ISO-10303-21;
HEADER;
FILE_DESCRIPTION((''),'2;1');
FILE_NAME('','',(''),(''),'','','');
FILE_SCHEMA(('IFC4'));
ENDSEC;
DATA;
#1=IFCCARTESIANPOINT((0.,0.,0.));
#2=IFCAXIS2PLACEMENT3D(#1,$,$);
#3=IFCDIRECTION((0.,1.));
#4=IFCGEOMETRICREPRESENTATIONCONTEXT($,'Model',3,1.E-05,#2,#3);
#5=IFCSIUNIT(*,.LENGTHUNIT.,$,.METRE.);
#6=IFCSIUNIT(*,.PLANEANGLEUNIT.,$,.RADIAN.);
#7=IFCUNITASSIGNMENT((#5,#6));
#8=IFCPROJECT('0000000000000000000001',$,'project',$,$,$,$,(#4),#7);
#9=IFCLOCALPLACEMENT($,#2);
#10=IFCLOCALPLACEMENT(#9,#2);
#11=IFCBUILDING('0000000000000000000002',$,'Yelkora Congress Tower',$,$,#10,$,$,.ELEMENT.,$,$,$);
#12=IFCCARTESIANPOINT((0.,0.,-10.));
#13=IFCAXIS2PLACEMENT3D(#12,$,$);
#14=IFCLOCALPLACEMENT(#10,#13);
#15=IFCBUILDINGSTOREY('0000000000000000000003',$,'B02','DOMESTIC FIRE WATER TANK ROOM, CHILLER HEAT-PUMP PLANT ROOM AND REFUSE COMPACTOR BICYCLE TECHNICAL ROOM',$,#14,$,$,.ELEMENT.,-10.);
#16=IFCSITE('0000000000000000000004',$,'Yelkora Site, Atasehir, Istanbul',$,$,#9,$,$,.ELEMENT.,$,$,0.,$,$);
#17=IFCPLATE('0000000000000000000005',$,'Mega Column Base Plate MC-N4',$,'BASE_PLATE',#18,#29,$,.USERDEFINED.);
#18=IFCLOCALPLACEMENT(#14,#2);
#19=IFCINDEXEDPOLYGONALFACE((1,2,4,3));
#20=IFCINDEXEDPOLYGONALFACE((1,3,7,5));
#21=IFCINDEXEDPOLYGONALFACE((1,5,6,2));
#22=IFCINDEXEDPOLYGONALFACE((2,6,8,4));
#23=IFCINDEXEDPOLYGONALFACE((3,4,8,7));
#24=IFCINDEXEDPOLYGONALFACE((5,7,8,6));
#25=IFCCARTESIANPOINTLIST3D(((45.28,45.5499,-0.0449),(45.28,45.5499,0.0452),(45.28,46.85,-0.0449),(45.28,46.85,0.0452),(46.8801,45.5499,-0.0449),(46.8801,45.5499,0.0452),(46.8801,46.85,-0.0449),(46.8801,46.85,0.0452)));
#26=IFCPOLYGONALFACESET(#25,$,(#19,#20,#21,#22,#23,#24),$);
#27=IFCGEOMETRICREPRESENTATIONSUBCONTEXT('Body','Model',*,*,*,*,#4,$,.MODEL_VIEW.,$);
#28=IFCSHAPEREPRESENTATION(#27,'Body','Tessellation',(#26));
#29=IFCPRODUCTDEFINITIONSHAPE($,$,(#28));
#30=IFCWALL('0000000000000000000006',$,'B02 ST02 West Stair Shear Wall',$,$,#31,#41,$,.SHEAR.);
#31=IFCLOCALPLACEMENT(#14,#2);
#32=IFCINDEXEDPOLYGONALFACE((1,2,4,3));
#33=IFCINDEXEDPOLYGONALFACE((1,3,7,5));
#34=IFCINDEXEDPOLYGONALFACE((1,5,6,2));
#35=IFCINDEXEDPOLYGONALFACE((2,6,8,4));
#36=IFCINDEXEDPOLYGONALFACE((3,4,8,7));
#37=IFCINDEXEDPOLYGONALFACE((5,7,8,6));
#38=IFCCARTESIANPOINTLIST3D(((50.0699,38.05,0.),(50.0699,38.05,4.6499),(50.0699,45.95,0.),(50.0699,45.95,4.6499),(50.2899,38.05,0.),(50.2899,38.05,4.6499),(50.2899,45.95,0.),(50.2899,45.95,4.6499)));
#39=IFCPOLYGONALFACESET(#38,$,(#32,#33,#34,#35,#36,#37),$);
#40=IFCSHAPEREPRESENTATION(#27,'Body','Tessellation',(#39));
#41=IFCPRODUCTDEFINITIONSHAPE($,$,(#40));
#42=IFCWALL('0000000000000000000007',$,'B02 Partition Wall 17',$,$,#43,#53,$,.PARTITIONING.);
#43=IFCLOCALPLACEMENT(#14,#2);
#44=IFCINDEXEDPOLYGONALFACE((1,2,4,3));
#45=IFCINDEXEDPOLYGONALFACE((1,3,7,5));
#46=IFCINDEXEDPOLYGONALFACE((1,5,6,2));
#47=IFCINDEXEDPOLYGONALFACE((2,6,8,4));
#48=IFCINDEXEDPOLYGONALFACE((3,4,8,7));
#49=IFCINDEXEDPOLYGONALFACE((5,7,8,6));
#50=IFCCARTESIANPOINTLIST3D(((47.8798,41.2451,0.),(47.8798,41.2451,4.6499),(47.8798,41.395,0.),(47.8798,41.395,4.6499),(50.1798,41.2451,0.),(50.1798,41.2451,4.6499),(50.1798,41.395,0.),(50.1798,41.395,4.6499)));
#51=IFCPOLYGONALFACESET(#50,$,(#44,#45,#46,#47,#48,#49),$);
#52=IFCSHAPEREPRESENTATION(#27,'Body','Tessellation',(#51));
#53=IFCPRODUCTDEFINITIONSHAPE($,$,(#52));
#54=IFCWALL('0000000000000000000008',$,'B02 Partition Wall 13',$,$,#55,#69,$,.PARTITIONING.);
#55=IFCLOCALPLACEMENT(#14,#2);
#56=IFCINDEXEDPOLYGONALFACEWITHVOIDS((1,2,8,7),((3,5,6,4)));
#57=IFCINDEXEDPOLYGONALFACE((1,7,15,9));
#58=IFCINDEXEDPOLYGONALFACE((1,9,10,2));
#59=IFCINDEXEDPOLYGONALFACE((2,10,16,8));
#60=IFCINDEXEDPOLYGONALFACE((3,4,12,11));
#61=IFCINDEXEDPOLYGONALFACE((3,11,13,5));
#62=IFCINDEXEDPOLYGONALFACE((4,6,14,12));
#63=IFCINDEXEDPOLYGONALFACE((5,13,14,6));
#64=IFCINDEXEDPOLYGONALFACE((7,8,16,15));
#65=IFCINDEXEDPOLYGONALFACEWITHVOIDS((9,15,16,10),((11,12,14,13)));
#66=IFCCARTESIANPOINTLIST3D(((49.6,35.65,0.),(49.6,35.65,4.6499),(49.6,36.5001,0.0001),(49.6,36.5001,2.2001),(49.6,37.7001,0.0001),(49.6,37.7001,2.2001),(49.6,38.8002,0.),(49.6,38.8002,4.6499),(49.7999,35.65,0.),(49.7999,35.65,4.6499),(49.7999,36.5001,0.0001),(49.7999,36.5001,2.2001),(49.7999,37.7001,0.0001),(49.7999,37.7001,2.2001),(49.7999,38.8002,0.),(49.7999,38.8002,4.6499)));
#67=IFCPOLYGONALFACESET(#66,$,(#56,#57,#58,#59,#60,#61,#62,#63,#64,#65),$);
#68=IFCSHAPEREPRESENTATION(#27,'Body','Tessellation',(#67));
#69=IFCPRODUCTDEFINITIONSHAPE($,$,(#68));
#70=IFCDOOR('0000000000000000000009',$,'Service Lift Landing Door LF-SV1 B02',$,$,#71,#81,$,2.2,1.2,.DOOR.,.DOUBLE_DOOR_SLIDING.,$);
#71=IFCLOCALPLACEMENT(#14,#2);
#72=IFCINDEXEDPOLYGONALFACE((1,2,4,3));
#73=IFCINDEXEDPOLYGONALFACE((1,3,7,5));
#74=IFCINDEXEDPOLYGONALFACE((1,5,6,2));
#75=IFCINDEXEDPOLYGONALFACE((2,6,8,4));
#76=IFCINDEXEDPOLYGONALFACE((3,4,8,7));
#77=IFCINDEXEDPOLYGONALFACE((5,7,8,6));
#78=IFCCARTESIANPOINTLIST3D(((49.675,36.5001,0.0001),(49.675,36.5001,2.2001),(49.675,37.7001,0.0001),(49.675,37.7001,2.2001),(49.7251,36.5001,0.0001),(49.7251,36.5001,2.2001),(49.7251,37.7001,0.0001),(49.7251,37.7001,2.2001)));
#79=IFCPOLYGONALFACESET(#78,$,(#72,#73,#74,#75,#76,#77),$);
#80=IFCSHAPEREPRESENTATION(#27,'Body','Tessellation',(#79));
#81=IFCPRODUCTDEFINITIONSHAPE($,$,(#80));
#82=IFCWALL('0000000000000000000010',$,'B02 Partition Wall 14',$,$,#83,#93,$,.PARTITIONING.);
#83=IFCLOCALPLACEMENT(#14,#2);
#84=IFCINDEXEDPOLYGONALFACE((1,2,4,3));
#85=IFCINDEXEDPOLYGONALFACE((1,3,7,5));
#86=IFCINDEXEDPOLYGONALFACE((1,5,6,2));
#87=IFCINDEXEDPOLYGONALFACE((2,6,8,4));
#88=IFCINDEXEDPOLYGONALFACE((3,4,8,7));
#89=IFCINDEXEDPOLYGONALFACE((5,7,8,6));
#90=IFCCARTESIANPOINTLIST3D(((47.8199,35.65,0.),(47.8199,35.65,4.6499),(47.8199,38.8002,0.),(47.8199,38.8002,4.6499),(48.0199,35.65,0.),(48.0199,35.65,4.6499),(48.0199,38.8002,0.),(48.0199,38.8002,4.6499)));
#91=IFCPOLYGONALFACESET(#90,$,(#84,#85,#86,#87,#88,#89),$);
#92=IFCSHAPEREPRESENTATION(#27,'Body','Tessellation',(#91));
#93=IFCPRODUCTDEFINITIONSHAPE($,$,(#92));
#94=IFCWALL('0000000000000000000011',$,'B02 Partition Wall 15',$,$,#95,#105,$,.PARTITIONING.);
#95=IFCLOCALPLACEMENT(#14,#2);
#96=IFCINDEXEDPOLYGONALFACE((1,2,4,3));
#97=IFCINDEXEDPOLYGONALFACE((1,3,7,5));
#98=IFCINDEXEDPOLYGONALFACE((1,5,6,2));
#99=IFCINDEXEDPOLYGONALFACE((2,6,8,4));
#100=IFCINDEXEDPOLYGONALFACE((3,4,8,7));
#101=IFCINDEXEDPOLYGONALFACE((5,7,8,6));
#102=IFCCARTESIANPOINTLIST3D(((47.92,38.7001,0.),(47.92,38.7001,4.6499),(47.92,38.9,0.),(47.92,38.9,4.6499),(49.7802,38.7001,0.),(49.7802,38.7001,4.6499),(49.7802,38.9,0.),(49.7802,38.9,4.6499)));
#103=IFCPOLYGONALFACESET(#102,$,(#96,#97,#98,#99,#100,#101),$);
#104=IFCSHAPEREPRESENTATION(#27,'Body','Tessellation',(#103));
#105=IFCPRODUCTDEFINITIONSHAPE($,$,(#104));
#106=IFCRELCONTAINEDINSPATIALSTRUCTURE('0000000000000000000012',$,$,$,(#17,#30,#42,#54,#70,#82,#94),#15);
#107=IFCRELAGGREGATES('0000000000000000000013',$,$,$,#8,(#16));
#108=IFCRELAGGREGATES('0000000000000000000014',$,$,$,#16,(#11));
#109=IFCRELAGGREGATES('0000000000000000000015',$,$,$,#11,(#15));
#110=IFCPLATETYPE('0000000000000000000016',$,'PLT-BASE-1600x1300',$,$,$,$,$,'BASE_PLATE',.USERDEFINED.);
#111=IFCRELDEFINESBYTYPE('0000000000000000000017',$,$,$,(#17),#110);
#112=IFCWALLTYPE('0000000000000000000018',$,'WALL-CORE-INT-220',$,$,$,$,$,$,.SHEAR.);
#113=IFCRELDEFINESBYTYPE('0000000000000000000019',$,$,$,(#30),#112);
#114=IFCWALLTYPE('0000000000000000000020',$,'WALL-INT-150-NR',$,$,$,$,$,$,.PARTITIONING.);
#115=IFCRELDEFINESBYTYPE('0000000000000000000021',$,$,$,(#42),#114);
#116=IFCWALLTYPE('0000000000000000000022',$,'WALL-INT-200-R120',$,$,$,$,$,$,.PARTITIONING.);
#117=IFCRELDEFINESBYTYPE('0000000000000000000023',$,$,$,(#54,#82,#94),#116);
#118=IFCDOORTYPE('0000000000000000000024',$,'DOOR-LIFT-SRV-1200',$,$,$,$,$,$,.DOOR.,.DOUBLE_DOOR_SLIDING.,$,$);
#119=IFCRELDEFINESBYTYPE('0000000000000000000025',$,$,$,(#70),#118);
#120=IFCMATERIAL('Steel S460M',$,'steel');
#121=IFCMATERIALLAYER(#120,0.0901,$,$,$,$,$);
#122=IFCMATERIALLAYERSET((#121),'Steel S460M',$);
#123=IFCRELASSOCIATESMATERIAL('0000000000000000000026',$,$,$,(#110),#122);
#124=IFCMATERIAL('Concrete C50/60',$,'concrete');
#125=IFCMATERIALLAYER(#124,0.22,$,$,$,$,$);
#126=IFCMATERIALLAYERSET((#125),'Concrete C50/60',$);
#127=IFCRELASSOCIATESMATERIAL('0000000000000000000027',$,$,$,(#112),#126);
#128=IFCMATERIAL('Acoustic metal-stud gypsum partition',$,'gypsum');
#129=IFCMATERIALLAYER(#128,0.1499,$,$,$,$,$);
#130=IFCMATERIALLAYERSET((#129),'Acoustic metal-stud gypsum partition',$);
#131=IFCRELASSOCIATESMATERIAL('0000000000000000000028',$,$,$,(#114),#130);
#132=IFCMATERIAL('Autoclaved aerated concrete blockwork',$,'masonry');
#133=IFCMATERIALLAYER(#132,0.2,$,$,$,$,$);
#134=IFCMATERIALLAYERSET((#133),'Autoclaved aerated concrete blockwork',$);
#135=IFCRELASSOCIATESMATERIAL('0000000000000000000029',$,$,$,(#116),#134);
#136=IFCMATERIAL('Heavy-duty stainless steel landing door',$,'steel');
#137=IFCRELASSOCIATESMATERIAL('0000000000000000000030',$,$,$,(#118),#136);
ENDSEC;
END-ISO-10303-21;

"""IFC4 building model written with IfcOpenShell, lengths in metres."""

from ifc_helpers import new_model, si_unit, direction, frame, frame_2d, origin, origin_2d, place, context, subcontext, project, spatial, rectangle, extrude, material, layer, layer_set, type_object, element, fill, save


model = new_model("IFC4")

# Units and contexts
model_context = context("Model", 3, precision=1e-05, world=origin(), true_north=direction((0.0, 1.0)))
body_context = subcontext(model_context, "Body", "Model", "MODEL_VIEW")
ifc_project = project(units=[si_unit("LENGTHUNIT", "METRE"), si_unit("PLANEANGLEUNIT", "RADIAN")], contexts=[model_context])

# Site, building, storey
site_placement = place(None, origin())
site = spatial("IfcSite", under=ifc_project, at=site_placement, Name="Yelkora Site, Atasehir, Istanbul", CompositionType="ELEMENT", RefElevation=0.0)
building_placement = place(site_placement, origin())
building = spatial("IfcBuilding", under=site, at=building_placement, Name="Yelkora Congress Tower", CompositionType="ELEMENT")
storey_placement = place(building_placement, frame((0.0, 0.0, -10.0)))
storey = spatial("IfcBuildingStorey", under=building, at=storey_placement, Name="B02", Description="DOMESTIC FIRE WATER TANK ROOM, CHILLER HEAT-PUMP PLANT ROOM AND REFUSE COMPACTOR BICYCLE TECHNICAL ROOM", CompositionType="ELEMENT", Elevation=-10.0)

# Shared definitions
ifc_material_1 = material(Name="Concrete C50/60", Category="concrete")

# Plate
ifc_material_2 = material(Name="Steel S460M", Category="steel")
ifc_layer_1 = layer(ifc_material_2, 0.0901)
ifc_layer_set_1 = layer_set([ifc_layer_1], Name="Steel S460M")
plate_type = type_object("IfcPlateType", Name="PLT-BASE-1600x1300", ElementType="BASE_PLATE", PredefinedType="USERDEFINED", material=ifc_layer_set_1)
plate_placement = place(storey_placement, frame((46.0801, 46.2, -0.0449), z_axis=(0.0, 0.0, 1.0), x_axis=(1.0, 0.0, 0.0)))
element("IfcPlate", 1, at=plate_placement, inside=storey, type_object=plate_type, Name="Mega Column Base Plate MC-N4", ObjectType="BASE_PLATE", PredefinedType="USERDEFINED", context=body_context, shape_type="SweptSolid", body=[
    extrude(rectangle(XDim=1.6001, YDim=1.3, at=origin_2d()), origin(), (0.0, 0.0, 1.0), 0.0901),
])

# Walls
ifc_layer_2 = layer(ifc_material_1, 0.22)
ifc_layer_set_2 = layer_set([ifc_layer_2], Name="Concrete C50/60")
wall_type_1 = type_object("IfcWallType", Name="WALL-CORE-INT-220", PredefinedType="SHEAR", material=ifc_layer_set_2)
wall_1_placement = place(storey_placement, frame((50.1799, 38.05, 0.0), z_axis=(0.0, 0.0, 1.0), x_axis=(0.0, 1.0, 0.0)))
element("IfcWall", 2, at=wall_1_placement, inside=storey, type_object=wall_type_1, Name="B02 ST02 West Stair Shear Wall", PredefinedType="SHEAR", context=body_context, shape_type="SweptSolid", body=[
    extrude(rectangle(XDim=7.8999, YDim=0.22, at=frame_2d((3.95, 0.0))), origin(), (0.0, 0.0, 1.0), 4.6499),
])
ifc_material_3 = material(Name="Acoustic metal-stud gypsum partition", Category="gypsum")
ifc_layer_3 = layer(ifc_material_3, 0.1499)
ifc_layer_set_3 = layer_set([ifc_layer_3], Name="Acoustic metal-stud gypsum partition")
wall_type_2 = type_object("IfcWallType", Name="WALL-INT-150-NR", PredefinedType="PARTITIONING", material=ifc_layer_set_3)
wall_2_placement = place(storey_placement, frame((47.8799, 41.3201, 0.0), z_axis=(0.0, 0.0, 1.0), x_axis=(1.0, 0.0, 0.0)))
element("IfcWall", 3, at=wall_2_placement, inside=storey, type_object=wall_type_2, Name="B02 Partition Wall 17", PredefinedType="PARTITIONING", context=body_context, shape_type="SweptSolid", body=[
    extrude(rectangle(XDim=2.3, YDim=0.1499, at=frame_2d((1.1499, 0.0))), origin(), (0.0, 0.0, 1.0), 4.6499),
])

# Wall, opening, door
ifc_material_4 = material(Name="Autoclaved aerated concrete blockwork", Category="masonry")
ifc_layer_4 = layer(ifc_material_4, 0.2)
ifc_layer_set_4 = layer_set([ifc_layer_4], Name="Autoclaved aerated concrete blockwork")
wall_type_3 = type_object("IfcWallType", Name="WALL-INT-200-R120", PredefinedType="PARTITIONING", material=ifc_layer_set_4)
wall_3_placement = place(storey_placement, frame((49.7, 35.6499, 0.0), z_axis=(0.0, 0.0, 1.0), x_axis=(0.0, 1.0, 0.0)))
wall_3 = element("IfcWall", 4, at=wall_3_placement, inside=storey, type_object=wall_type_3, Name="B02 Partition Wall 13", PredefinedType="PARTITIONING", context=body_context, shape_type="SweptSolid", body=[
    extrude(rectangle(XDim=3.1501, YDim=0.2, at=frame_2d((1.5752, 0.0))), origin(), (0.0, 0.0, 1.0), 4.6499),
])
opening_1_placement = place(wall_3_placement, frame((0.8501, 0.0, 0.0)))
opening_1 = element("IfcOpeningElement", 5, at=opening_1_placement, cuts=wall_3, PredefinedType="OPENING", context=body_context, shape_type="SweptSolid", body=[
    extrude(rectangle(XDim=1.2, YDim=2.2, at=frame_2d((0.6001, 1.1001))), frame((0.0, 0.1099, 0.0), z_axis=(0.0, -1.0, 0.0), x_axis=(1.0, 0.0, 0.0)), (0.0, 0.0, 1.0), 0.22),
])
ifc_material_5 = material(Name="Heavy-duty stainless steel landing door", Category="steel")
door_type_1 = type_object("IfcDoorType", Name="DOOR-LIFT-SRV-1200", OperationType="DOUBLE_DOOR_SLIDING", PredefinedType="DOOR", material=ifc_material_5)
door_1_placement = place(opening_1_placement, origin())
door_1 = element("IfcDoor", 6, at=door_1_placement, inside=storey, type_object=door_type_1, Name="Service Lift Landing Door LF-SV1 B02", OperationType="DOUBLE_DOOR_SLIDING", OverallHeight=2.2, OverallWidth=1.2, PredefinedType="DOOR", context=body_context, shape_type="SweptSolid", body=[
    extrude(rectangle(XDim=1.2, YDim=2.2, at=frame_2d((0.6001, 1.1001))), frame((0.0, 0.0249, 0.0), z_axis=(0.0, -1.0, 0.0), x_axis=(1.0, 0.0, 0.0)), (0.0, 0.0, 1.0), 0.05),
])
fill(opening_1, door_1)

# Walls
wall_4_placement = place(storey_placement, frame((47.9199, 35.6499, 0.0), z_axis=(0.0, 0.0, 1.0), x_axis=(0.0, 1.0, 0.0)))
element("IfcWall", 7, at=wall_4_placement, inside=storey, type_object=wall_type_3, Name="B02 Partition Wall 14", PredefinedType="PARTITIONING", context=body_context, shape_type="SweptSolid", body=[
    extrude(rectangle(XDim=3.1501, YDim=0.2, at=frame_2d((1.5752, 0.0))), origin(), (0.0, 0.0, 1.0), 4.6499),
])
wall_5_placement = place(storey_placement, frame((47.9199, 38.8, 0.0), z_axis=(0.0, 0.0, 1.0), x_axis=(1.0, 0.0, 0.0)))
element("IfcWall", 8, at=wall_5_placement, inside=storey, type_object=wall_type_3, Name="B02 Partition Wall 15", PredefinedType="PARTITIONING", context=body_context, shape_type="SweptSolid", body=[
    extrude(rectangle(XDim=1.8601, YDim=0.2, at=frame_2d((0.9302, 0.0))), origin(), (0.0, 0.0, 1.0), 4.6499),
])

save(model, "model.ifc")
